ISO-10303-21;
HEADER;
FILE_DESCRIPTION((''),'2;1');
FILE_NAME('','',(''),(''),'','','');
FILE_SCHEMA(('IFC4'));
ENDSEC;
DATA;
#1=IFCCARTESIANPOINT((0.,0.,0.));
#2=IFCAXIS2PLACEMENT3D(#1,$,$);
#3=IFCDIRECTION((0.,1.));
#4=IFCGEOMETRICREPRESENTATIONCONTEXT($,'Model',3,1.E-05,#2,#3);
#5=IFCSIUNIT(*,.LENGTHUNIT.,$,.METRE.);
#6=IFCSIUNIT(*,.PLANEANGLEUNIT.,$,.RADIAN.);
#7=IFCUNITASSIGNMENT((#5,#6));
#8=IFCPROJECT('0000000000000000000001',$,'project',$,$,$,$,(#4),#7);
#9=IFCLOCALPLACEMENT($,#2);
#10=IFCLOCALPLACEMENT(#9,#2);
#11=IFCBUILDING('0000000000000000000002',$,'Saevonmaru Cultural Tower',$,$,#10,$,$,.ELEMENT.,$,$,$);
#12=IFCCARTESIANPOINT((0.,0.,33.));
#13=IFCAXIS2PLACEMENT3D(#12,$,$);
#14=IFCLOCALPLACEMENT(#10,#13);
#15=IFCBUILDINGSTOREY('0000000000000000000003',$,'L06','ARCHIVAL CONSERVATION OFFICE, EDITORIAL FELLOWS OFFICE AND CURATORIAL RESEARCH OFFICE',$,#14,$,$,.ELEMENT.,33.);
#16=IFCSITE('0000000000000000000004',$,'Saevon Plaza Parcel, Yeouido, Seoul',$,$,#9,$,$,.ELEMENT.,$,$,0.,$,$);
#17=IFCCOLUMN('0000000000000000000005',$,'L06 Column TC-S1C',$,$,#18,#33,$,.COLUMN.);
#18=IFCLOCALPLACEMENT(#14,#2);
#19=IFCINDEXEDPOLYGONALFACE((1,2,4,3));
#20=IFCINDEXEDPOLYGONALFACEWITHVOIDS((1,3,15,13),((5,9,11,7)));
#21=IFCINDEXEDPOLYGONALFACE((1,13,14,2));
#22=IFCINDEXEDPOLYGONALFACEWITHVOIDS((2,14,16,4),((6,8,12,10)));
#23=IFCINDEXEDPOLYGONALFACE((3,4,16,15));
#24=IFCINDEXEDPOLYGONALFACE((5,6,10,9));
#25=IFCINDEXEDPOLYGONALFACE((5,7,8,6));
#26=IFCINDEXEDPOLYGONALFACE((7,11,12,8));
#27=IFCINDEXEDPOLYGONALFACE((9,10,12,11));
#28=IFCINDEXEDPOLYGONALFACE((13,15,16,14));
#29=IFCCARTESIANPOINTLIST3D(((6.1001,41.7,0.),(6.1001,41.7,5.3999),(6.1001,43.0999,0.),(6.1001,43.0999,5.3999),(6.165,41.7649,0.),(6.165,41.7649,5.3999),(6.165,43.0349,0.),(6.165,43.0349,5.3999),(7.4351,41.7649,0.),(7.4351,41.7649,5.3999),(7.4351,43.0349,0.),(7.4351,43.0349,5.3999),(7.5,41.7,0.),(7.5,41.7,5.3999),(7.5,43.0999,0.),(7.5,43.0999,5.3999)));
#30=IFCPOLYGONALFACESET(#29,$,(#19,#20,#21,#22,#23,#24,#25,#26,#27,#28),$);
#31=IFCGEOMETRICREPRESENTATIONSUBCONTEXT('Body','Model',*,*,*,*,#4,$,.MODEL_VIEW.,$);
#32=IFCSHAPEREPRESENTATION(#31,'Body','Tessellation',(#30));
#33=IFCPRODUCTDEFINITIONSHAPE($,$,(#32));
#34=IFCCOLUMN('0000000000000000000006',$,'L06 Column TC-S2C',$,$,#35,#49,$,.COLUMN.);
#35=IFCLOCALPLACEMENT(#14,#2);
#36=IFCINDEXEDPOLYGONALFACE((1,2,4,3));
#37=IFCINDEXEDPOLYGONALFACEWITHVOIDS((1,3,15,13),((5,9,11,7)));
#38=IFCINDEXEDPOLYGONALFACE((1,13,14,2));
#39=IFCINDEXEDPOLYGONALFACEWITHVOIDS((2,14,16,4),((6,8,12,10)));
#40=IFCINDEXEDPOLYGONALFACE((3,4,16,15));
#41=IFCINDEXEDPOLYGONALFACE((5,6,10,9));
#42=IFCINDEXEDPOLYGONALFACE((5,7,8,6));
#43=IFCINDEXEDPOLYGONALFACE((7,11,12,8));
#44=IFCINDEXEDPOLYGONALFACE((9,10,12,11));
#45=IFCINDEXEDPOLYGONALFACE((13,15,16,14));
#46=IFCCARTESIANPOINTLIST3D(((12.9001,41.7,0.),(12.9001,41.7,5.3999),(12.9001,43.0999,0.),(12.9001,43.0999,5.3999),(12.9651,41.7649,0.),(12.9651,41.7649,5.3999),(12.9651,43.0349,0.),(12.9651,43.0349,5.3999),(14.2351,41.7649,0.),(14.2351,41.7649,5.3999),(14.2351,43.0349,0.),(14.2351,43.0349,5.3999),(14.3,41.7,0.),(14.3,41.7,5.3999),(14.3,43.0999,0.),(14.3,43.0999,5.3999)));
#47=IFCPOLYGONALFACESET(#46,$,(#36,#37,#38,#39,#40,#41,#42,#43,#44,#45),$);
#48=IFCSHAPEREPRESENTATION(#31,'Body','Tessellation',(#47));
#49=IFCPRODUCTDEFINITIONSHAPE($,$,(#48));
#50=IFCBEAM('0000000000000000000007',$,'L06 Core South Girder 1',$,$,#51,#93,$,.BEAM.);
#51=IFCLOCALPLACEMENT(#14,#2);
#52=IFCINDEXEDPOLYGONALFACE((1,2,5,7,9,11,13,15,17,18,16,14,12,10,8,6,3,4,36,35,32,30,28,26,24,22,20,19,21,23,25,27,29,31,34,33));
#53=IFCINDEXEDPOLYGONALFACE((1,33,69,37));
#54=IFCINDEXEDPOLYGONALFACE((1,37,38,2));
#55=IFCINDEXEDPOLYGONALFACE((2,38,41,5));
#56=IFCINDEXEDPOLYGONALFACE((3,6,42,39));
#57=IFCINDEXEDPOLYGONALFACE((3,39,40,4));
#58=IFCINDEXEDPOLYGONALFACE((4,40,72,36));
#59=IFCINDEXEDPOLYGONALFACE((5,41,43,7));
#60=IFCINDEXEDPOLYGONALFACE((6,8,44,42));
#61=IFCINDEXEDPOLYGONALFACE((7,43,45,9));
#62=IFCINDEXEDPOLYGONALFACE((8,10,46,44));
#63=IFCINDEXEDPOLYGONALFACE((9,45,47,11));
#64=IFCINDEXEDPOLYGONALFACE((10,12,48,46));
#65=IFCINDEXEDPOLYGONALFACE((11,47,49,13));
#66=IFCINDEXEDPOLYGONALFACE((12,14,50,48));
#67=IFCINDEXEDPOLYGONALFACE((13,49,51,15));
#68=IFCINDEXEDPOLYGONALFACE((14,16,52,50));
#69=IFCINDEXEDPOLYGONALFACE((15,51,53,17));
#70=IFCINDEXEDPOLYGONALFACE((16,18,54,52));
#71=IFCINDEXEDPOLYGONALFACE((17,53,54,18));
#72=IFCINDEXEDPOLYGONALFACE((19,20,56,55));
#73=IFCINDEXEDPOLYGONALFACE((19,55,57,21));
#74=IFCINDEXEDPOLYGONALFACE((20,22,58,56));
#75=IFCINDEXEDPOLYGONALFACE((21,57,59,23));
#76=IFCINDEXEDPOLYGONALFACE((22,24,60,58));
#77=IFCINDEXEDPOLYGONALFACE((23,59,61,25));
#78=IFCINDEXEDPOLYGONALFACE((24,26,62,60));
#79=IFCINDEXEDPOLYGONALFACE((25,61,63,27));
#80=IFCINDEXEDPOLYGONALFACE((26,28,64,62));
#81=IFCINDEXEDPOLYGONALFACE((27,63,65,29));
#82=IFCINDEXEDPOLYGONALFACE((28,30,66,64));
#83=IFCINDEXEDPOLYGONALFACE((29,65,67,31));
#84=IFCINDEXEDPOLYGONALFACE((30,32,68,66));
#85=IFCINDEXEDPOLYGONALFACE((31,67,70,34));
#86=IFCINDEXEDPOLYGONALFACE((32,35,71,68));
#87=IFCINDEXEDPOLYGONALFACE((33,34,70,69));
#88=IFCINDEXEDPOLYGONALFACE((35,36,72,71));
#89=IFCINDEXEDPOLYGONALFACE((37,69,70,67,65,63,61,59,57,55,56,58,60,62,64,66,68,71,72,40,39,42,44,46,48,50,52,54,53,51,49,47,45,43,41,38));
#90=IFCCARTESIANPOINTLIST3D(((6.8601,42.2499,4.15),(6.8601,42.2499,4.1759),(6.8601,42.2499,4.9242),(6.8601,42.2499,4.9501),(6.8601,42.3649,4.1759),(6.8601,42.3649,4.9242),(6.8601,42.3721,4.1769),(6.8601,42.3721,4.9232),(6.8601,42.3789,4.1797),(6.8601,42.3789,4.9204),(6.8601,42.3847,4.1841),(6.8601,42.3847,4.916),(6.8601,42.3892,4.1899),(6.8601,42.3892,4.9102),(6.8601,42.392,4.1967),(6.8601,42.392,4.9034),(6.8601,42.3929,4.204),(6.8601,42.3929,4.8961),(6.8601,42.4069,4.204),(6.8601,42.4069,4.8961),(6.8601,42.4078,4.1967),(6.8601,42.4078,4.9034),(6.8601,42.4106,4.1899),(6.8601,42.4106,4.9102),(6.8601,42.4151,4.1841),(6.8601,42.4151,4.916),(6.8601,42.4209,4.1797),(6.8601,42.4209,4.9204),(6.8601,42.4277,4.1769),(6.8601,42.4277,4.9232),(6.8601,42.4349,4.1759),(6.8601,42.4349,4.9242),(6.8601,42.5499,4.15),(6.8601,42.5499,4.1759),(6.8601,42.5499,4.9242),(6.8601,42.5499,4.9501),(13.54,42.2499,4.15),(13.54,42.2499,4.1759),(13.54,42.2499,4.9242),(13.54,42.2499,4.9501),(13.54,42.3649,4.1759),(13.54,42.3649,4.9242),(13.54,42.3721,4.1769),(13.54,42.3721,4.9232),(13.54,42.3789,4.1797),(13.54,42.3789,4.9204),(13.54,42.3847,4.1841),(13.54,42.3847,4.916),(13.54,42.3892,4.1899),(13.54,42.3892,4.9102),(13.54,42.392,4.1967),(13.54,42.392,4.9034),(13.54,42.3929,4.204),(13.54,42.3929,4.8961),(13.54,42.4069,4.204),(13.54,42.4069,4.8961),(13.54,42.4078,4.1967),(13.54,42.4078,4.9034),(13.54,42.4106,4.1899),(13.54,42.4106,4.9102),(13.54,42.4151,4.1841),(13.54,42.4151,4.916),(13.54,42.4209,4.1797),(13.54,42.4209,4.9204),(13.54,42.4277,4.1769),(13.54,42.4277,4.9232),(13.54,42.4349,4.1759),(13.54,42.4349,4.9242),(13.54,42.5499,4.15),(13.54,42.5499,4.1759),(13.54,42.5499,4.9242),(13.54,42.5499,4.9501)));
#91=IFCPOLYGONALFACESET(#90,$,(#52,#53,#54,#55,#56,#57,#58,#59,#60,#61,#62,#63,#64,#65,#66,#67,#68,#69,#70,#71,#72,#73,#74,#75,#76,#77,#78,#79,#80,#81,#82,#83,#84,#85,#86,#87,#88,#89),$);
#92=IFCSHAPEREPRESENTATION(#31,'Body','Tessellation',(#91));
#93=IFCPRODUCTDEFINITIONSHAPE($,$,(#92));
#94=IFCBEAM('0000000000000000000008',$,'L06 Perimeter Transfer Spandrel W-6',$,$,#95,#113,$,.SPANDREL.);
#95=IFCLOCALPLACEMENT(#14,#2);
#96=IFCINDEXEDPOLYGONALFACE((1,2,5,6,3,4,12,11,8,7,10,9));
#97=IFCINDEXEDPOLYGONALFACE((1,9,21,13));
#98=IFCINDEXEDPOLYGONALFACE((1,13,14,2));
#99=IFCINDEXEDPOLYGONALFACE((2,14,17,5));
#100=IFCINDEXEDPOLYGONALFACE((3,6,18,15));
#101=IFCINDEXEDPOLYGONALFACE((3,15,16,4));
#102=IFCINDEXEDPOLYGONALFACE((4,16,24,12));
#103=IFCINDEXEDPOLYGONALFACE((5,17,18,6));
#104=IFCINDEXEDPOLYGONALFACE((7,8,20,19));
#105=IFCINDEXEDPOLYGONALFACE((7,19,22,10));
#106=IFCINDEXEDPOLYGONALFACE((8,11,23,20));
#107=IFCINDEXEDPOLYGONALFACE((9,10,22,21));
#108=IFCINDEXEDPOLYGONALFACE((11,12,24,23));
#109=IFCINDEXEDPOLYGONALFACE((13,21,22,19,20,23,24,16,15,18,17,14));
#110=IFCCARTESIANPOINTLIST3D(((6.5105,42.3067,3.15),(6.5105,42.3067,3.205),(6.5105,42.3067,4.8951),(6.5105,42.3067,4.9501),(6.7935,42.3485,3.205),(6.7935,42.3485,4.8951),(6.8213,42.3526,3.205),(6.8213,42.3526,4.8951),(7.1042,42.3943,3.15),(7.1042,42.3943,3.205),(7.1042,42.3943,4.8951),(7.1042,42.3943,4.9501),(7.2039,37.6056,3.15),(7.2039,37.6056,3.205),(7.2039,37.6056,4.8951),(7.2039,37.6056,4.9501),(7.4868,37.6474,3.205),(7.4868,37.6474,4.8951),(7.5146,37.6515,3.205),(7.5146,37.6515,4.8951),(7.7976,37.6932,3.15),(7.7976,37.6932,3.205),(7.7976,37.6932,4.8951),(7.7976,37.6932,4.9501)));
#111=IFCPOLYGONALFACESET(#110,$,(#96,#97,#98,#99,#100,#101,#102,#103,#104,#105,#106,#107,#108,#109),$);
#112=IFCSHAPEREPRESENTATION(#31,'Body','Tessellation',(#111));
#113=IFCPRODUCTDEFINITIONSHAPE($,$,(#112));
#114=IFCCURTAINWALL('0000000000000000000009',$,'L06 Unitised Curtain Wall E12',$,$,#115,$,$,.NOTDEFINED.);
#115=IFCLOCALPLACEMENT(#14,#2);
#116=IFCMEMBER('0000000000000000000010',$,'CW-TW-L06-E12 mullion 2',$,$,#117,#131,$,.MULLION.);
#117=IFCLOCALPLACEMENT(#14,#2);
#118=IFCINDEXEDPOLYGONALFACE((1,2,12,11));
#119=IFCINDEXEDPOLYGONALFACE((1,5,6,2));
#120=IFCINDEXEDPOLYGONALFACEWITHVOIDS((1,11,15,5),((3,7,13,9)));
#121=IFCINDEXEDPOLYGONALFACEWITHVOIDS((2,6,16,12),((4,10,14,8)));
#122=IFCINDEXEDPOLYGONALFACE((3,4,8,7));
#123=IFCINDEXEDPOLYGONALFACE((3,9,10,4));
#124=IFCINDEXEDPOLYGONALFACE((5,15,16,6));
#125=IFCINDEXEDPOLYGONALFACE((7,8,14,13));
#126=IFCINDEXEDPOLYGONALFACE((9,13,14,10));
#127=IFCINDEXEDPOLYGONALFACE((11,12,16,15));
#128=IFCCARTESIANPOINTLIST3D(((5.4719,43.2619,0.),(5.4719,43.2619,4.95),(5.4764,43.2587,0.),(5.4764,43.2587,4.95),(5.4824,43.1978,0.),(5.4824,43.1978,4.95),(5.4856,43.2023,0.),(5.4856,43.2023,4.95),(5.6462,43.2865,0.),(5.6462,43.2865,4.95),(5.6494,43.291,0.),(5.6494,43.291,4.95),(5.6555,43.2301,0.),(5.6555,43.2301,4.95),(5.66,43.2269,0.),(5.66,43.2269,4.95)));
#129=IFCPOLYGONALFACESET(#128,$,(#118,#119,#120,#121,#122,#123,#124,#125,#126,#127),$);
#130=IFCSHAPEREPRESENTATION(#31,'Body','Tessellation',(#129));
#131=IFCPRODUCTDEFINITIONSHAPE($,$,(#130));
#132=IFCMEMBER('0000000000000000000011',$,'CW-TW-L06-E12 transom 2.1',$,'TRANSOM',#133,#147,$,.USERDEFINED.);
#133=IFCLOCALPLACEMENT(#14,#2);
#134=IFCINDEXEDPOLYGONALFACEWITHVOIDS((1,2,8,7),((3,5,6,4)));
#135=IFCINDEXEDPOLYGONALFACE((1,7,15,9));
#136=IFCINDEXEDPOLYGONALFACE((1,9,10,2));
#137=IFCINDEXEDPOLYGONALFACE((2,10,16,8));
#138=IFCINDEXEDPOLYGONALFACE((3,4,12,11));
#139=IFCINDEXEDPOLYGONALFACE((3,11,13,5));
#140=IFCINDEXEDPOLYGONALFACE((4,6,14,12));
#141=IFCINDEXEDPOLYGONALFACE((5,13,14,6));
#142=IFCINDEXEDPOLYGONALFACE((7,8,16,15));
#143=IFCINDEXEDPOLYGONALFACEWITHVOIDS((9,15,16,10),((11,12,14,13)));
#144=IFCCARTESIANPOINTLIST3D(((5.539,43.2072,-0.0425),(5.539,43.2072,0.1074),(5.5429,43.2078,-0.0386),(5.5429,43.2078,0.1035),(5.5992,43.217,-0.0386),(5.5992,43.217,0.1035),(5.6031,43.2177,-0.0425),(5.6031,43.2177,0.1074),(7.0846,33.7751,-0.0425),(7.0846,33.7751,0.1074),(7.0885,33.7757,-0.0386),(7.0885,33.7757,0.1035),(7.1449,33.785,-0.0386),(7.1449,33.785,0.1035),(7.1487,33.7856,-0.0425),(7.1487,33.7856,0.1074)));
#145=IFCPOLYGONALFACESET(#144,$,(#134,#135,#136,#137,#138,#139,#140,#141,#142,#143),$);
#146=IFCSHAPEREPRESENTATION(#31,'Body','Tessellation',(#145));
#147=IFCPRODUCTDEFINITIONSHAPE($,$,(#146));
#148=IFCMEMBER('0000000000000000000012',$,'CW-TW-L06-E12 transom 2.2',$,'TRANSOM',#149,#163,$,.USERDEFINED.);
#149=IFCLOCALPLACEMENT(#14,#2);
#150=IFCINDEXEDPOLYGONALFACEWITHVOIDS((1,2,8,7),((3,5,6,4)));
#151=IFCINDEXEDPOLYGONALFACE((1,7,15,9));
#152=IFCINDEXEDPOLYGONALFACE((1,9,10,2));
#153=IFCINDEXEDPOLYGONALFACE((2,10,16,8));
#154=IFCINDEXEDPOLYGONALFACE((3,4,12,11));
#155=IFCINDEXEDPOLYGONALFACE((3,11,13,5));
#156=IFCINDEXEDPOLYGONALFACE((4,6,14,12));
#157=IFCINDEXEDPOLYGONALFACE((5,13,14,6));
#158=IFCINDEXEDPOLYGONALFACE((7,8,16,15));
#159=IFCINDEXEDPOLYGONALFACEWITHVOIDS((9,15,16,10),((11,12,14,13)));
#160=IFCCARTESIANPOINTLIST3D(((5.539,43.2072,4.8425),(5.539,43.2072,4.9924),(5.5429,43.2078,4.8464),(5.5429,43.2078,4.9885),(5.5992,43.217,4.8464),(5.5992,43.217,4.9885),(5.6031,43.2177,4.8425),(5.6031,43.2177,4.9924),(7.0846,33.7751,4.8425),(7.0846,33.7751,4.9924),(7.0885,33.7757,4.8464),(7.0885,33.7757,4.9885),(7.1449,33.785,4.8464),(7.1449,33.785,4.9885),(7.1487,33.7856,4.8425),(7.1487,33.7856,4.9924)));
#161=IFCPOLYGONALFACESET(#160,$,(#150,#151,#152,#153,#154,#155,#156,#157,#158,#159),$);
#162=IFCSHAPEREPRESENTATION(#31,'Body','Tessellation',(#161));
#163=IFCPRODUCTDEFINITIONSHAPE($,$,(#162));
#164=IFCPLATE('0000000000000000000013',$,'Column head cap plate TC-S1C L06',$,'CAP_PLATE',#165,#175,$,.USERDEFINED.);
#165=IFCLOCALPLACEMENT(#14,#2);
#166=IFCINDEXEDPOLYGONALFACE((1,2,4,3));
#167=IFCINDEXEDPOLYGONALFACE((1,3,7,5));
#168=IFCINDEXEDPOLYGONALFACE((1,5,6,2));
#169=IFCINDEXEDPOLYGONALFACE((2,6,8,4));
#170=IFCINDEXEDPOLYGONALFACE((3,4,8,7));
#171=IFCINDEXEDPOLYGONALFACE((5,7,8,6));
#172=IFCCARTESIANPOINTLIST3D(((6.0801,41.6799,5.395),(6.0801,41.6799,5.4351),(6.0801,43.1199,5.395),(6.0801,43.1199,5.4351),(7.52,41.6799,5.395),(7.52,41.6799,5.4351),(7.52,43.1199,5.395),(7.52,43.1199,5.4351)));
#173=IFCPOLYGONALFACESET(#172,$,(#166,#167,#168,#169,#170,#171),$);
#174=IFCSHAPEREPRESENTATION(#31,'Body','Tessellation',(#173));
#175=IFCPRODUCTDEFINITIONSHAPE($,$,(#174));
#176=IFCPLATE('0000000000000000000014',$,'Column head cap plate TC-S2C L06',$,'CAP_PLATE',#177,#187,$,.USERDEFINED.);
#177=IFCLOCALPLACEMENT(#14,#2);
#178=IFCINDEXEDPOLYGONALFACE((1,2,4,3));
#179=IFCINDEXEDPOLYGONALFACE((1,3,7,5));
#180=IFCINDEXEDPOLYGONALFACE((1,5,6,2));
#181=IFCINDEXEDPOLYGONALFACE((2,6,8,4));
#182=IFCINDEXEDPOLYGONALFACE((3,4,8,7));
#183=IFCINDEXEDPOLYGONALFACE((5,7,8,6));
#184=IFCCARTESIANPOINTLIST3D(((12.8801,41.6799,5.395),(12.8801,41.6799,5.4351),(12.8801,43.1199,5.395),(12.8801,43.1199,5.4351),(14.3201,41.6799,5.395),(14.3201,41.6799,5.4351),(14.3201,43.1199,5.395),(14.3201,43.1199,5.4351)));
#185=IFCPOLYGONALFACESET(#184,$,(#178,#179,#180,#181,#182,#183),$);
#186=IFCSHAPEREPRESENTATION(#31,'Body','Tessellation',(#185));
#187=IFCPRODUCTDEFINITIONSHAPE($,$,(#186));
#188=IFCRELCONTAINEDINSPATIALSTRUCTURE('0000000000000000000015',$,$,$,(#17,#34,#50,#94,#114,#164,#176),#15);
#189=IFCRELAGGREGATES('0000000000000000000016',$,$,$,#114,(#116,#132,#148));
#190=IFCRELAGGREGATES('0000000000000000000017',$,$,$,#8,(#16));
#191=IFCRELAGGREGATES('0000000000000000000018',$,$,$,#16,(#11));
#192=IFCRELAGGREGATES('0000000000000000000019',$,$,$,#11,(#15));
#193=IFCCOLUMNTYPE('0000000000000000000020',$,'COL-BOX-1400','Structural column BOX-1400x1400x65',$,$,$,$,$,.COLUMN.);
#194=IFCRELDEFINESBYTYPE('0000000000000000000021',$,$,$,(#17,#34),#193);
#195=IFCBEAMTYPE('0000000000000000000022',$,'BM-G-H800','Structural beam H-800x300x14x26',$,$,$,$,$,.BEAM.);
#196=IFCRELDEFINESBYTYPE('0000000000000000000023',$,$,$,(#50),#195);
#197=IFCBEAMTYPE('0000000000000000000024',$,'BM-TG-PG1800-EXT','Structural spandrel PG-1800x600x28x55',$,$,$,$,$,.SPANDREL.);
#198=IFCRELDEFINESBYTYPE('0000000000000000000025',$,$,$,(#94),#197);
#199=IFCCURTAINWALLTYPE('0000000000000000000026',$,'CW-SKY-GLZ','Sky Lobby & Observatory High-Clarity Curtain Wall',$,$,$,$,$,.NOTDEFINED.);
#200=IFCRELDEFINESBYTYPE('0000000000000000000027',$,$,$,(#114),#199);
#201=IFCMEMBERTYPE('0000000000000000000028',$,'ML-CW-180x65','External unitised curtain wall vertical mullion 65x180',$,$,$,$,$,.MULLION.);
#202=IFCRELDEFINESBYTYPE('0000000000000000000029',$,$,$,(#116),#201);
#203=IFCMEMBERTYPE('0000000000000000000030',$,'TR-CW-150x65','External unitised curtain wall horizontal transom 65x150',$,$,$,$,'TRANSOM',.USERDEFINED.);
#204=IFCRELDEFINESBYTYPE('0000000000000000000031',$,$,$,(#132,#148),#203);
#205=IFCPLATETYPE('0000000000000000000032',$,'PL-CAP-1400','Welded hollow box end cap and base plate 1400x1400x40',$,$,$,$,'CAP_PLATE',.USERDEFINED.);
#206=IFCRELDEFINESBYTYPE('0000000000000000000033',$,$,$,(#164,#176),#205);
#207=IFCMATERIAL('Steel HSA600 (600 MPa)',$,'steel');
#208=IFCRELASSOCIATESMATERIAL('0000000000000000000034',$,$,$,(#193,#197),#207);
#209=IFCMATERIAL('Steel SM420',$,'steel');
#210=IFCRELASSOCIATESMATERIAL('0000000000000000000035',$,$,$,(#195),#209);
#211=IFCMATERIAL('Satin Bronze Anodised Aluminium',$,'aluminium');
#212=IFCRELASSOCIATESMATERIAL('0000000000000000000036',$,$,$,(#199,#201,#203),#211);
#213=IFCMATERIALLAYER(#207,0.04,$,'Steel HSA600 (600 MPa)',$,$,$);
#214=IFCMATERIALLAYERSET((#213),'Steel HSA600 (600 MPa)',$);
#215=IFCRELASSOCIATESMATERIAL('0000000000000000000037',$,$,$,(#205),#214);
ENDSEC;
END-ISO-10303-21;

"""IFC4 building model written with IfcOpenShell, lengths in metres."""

from ifc_helpers import new_model, si_unit, direction, frame, origin, origin_2d, place, context, subcontext, project, spatial, rectangle, hollow_rectangle, i_section, extrude, material, layer, layer_set, material_profile, profile_set, type_object, element, aggregate, save


model = new_model("IFC4")

# Units and contexts
model_context = context("Model", 3, precision=1e-05, world=origin(), true_north=direction((0.0, 1.0)))
body_context = subcontext(model_context, "Body", "Model", "MODEL_VIEW")
ifc_project = project(units=[si_unit("LENGTHUNIT", "METRE"), si_unit("PLANEANGLEUNIT", "RADIAN")], contexts=[model_context])

# Site, building, storey
site_placement = place(None, origin())
site = spatial("IfcSite", under=ifc_project, at=site_placement, Name="Saevon Plaza Parcel, Yeouido, Seoul", CompositionType="ELEMENT", RefElevation=0.0)
building_placement = place(site_placement, origin())
building = spatial("IfcBuilding", under=site, at=building_placement, Name="Saevonmaru Cultural Tower", CompositionType="ELEMENT")
storey_placement = place(building_placement, frame((0.0, 0.0, 33.0)))
storey = spatial("IfcBuildingStorey", under=building, at=storey_placement, Name="L06", Description="ARCHIVAL CONSERVATION OFFICE, EDITORIAL FELLOWS OFFICE AND CURATORIAL RESEARCH OFFICE", CompositionType="ELEMENT", Elevation=33.0)

# Columns
ifc_material_1 = material(Name="Steel HSA600 (600 MPa)", Category="steel")
ifc_material_profile_1 = material_profile(ifc_material_1, hollow_rectangle(XDim=1.3999, YDim=1.3999, WallThickness=0.0649, at=origin_2d()), Name="BOX-1400x1400x65")
ifc_profile_set_1 = profile_set([ifc_material_profile_1], Name="Steel HSA600 (600 MPa)")
column_type = type_object("IfcColumnType", Name="COL-BOX-1400", Description="Structural column BOX-1400x1400x65", PredefinedType="COLUMN", material=ifc_profile_set_1)
for number, where, z_axis, x_axis, name in (
    (1, (6.8, 42.3999, 0.0), (0.0, 0.0, 1.0), (1.0, 0.0, 0.0), "L06 Column TC-S1C"),
    (2, (13.6001, 42.3999, 0.0), (0.0, 0.0, 1.0), (1.0, 0.0, 0.0), "L06 Column TC-S2C"),
):
    element("IfcColumn", number, at=place(storey_placement, frame(where, z_axis=z_axis, x_axis=x_axis)), inside=storey, type_object=column_type, Name=name, PredefinedType="COLUMN", context=body_context, shape_type="SweptSolid", body=[
        extrude(hollow_rectangle(XDim=1.3999, YDim=1.3999, WallThickness=0.0649, at=origin_2d()), origin(), (0.0, 0.0, 1.0), 5.3999),
    ])

# Beams
ifc_material_2 = material(Name="Steel SM420", Category="steel")
ifc_material_profile_2 = material_profile(ifc_material_2, i_section(OverallWidth=0.3, OverallDepth=0.8, WebThickness=0.0139, FlangeThickness=0.0259, FilletRadius=0.0281, at=origin_2d()), Name="H-800x300x14x26")
ifc_profile_set_2 = profile_set([ifc_material_profile_2], Name="Steel SM420")
beam_type_1 = type_object("IfcBeamType", Name="BM-G-H800", Description="Structural beam H-800x300x14x26", PredefinedType="BEAM", material=ifc_profile_set_2)
beam_1_placement = place(storey_placement, frame((6.8601, 42.3999, 4.55), z_axis=(1.0, 0.0, 0.0), x_axis=(0.0, 1.0, 0.0)))
element("IfcBeam", 3, at=beam_1_placement, inside=storey, type_object=beam_type_1, Name="L06 Core South Girder 1", PredefinedType="BEAM", context=body_context, shape_type="SweptSolid", body=[
    extrude(i_section(OverallWidth=0.3, OverallDepth=0.8, WebThickness=0.0139, FlangeThickness=0.0259, FilletRadius=0.0281, at=origin_2d()), origin(), (0.0, 0.0, 1.0), 6.6799),
])
ifc_material_profile_3 = material_profile(ifc_material_1, i_section(OverallWidth=0.6001, OverallDepth=1.8, WebThickness=0.0281, FlangeThickness=0.0549, at=origin_2d()), Name="PG-1800x600x28x55")
ifc_profile_set_3 = profile_set([ifc_material_profile_3], Name="Steel HSA600 (600 MPa)")
beam_type_2 = type_object("IfcBeamType", Name="BM-TG-PG1800-EXT", Description="Structural spandrel PG-1800x600x28x55", PredefinedType="SPANDREL", material=ifc_profile_set_3)
beam_2_placement = place(storey_placement, frame((7.5007, 37.6494, 4.05), z_axis=(-0.145908, 0.989298, 0.0), x_axis=(-0.989298, -0.145908, 0.0)))
element("IfcBeam", 4, at=beam_2_placement, inside=storey, type_object=beam_type_2, Name="L06 Perimeter Transfer Spandrel W-6", PredefinedType="SPANDREL", context=body_context, shape_type="SweptSolid", body=[
    extrude(i_section(OverallWidth=0.6001, OverallDepth=1.8, WebThickness=0.0281, FlangeThickness=0.0549, at=origin_2d()), origin(), (0.0, 0.0, 1.0), 4.752),
])

# Curtain wall, members
ifc_material_3 = material(Name="Satin Bronze Anodised Aluminium", Category="aluminium")
curtain_wall_type = type_object("IfcCurtainWallType", Name="CW-SKY-GLZ", Description="Sky Lobby & Observatory High-Clarity Curtain Wall", PredefinedType="NOTDEFINED", material=ifc_material_3)
curtain_wall_placement = place(storey_placement, origin())
curtain_wall = element("IfcCurtainWall", 5, at=curtain_wall_placement, inside=storey, type_object=curtain_wall_type, Name="L06 Unitised Curtain Wall E12", PredefinedType="NOTDEFINED")
ifc_material_profile_4 = material_profile(ifc_material_3, hollow_rectangle(XDim=0.0649, YDim=0.1799, WallThickness=0.0039, at=origin_2d()), Name="ALU-MULL-180x65x4")
ifc_profile_set_4 = profile_set([ifc_material_profile_4], Name="Satin Bronze Anodised Aluminium")
member_type_1 = type_object("IfcMemberType", Name="ML-CW-180x65", Description="External unitised curtain wall vertical mullion 65x180", PredefinedType="MULLION", material=ifc_profile_set_4)
member_1_placement = place(storey_placement, frame((5.5659, 43.2444, 0.0), z_axis=(0.0, 0.0, 1.0), x_axis=(0.161709, -0.986839, 0.0)))
member_1 = element("IfcMember", 6, at=member_1_placement, type_object=member_type_1, Name="CW-TW-L06-E12 mullion 2", PredefinedType="MULLION", context=body_context, shape_type="SweptSolid", body=[
    extrude(hollow_rectangle(XDim=0.0649, YDim=0.1799, WallThickness=0.0039, at=origin_2d()), origin(), (0.0, 0.0, 1.0), 4.95),
])
ifc_material_profile_5 = material_profile(ifc_material_3, hollow_rectangle(XDim=0.0649, YDim=0.1499, WallThickness=0.0039, at=origin_2d()), Name="ALU-TRAN-150x65x4")
ifc_profile_set_5 = profile_set([ifc_material_profile_5], Name="Satin Bronze Anodised Aluminium")
member_type_2 = type_object("IfcMemberType", Name="TR-CW-150x65", Description="External unitised curtain wall horizontal transom 65x150", ElementType="TRANSOM", PredefinedType="USERDEFINED", material=ifc_profile_set_5)
member_2_placement = place(storey_placement, frame((5.571, 43.2124, 0.0325), z_axis=(0.161714, -0.986838, 0.0), x_axis=(0.986838, 0.161714, 0.0)))
member_2 = element("IfcMember", 7, at=member_2_placement, type_object=member_type_2, Name="CW-TW-L06-E12 transom 2.1", ObjectType="TRANSOM", PredefinedType="USERDEFINED", context=body_context, shape_type="SweptSolid", body=[
    extrude(hollow_rectangle(XDim=0.0649, YDim=0.1499, WallThickness=0.0039, at=origin_2d()), origin(), (0.0, 0.0, 1.0), 9.5579),
])
member_3_placement = place(storey_placement, frame((5.571, 43.2124, 4.9175), z_axis=(0.161714, -0.986838, 0.0), x_axis=(0.986838, 0.161714, 0.0)))
member_3 = element("IfcMember", 8, at=member_3_placement, type_object=member_type_2, Name="CW-TW-L06-E12 transom 2.2", ObjectType="TRANSOM", PredefinedType="USERDEFINED", context=body_context, shape_type="SweptSolid", body=[
    extrude(hollow_rectangle(XDim=0.0649, YDim=0.1499, WallThickness=0.0039, at=origin_2d()), origin(), (0.0, 0.0, 1.0), 9.5579),
])

# Plates
ifc_layer_1 = layer(ifc_material_1, 0.04, Name="Steel HSA600 (600 MPa)")
ifc_layer_set_1 = layer_set([ifc_layer_1], Name="Steel HSA600 (600 MPa)")
plate_type_1 = type_object("IfcPlateType", Name="PL-CAP-1400", Description="Welded hollow box end cap and base plate 1400x1400x40", ElementType="CAP_PLATE", PredefinedType="USERDEFINED", material=ifc_layer_set_1)
for number, where, z_axis, x_axis, name in (
    (9, (6.8, 42.3999, 5.395), (0.0, 0.0, 1.0), (1.0, 0.0, 0.0), "Column head cap plate TC-S1C L06"),
    (10, (13.6001, 42.3999, 5.395), (0.0, 0.0, 1.0), (1.0, 0.0, 0.0), "Column head cap plate TC-S2C L06"),
):
    element("IfcPlate", number, at=place(storey_placement, frame(where, z_axis=z_axis, x_axis=x_axis)), inside=storey, type_object=plate_type_1, Name=name, ObjectType="CAP_PLATE", PredefinedType="USERDEFINED", context=body_context, shape_type="SweptSolid", body=[
        extrude(rectangle(XDim=1.4399, YDim=1.4399, at=origin_2d()), origin(), (0.0, 0.0, 1.0), 0.04),
    ])

aggregate(curtain_wall, [member_1, member_2, member_3])

save(model, "model.ifc")
